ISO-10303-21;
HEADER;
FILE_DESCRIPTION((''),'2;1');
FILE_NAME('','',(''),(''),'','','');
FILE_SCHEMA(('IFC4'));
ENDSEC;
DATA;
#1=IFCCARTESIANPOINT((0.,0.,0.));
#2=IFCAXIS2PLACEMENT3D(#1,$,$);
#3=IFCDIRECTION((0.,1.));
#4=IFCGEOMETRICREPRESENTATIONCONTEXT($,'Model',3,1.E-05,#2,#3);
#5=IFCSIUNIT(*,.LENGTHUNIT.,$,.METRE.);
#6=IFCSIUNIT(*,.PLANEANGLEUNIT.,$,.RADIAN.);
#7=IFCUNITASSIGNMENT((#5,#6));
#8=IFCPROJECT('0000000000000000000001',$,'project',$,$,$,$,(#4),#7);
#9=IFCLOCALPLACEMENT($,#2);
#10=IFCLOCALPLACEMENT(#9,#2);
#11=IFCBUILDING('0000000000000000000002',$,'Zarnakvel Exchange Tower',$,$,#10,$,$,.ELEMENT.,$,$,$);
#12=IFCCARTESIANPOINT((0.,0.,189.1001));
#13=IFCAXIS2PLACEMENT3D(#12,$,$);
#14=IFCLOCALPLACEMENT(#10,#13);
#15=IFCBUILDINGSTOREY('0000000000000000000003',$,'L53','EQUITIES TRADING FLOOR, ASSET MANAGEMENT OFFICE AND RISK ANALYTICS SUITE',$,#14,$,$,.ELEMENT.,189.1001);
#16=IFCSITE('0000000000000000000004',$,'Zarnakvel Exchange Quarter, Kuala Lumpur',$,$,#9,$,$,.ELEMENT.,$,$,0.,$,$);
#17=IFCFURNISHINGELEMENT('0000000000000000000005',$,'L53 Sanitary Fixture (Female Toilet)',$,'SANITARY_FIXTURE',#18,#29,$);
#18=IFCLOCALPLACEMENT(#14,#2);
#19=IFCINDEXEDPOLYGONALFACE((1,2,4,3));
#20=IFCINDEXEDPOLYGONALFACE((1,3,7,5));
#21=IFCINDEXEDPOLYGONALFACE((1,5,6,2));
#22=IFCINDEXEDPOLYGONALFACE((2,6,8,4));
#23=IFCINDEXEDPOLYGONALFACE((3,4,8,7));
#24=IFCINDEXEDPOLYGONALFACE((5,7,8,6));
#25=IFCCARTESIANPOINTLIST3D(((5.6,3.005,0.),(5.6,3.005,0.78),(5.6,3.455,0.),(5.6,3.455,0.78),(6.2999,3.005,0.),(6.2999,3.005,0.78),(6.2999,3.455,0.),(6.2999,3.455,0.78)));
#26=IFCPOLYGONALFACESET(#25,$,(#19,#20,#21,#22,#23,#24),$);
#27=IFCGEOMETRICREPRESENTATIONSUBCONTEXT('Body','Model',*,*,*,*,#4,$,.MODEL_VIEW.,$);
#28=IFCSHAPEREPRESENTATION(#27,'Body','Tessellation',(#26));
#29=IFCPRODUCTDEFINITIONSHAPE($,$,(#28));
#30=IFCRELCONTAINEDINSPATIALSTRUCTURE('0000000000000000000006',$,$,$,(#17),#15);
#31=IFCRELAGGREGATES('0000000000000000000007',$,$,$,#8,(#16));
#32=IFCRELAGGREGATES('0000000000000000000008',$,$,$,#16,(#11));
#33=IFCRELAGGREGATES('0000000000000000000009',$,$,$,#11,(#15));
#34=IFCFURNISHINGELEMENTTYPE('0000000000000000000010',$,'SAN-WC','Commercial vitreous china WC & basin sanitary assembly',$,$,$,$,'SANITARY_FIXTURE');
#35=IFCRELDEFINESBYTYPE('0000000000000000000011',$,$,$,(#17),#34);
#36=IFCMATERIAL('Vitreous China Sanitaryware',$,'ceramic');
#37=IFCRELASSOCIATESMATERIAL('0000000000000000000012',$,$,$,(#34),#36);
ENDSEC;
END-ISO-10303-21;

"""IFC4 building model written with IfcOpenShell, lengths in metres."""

from ifc_helpers import new_model, si_unit, direction, frame, origin, origin_2d, place, context, subcontext, project, spatial, rectangle, extrude, source, transform, mapped, material, type_object, element, save


model = new_model("IFC4")

# Units and contexts
model_context = context("Model", 3, precision=1e-05, world=origin(), true_north=direction((0.0, 1.0)))
body_context = subcontext(model_context, "Body", "Model", "MODEL_VIEW")
ifc_project = project(units=[si_unit("LENGTHUNIT", "METRE"), si_unit("PLANEANGLEUNIT", "RADIAN")], contexts=[model_context])

# Site, building, storey
site_placement = place(None, origin())
site = spatial("IfcSite", under=ifc_project, at=site_placement, Name="Zarnakvel Exchange Quarter, Kuala Lumpur", CompositionType="ELEMENT", RefElevation=0.0)
building_placement = place(site_placement, origin())
building = spatial("IfcBuilding", under=site, at=building_placement, Name="Zarnakvel Exchange Tower", CompositionType="ELEMENT")
storey_placement = place(building_placement, frame((0.0, 0.0, 189.1001)))
storey = spatial("IfcBuildingStorey", under=building, at=storey_placement, Name="L53", Description="EQUITIES TRADING FLOOR, ASSET MANAGEMENT OFFICE AND RISK ANALYTICS SUITE", CompositionType="ELEMENT", Elevation=189.1001)

# Furnishing element
ifc_material_1 = material(Name="Vitreous China Sanitaryware", Category="ceramic")
furnishing_element_type = type_object("IfcFurnishingElementType", Name="SAN-WC", Description="Commercial vitreous china WC & basin sanitary assembly", ElementType="SANITARY_FIXTURE", material=ifc_material_1)
shared_shape_1 = source(origin(), body_context, "Body", "SweptSolid", [
    extrude(rectangle(XDim=0.7, YDim=0.45, at=origin_2d()), origin(), (0.0, 0.0, 1.0), 0.78),
])
furnishing_placement = place(storey_placement, frame((5.95, 3.23, 0.0), z_axis=(0.0, 0.0, 1.0), x_axis=(1.0, 0.0, 0.0)))
element("IfcFurnishingElement", 1, at=furnishing_placement, inside=storey, type_object=furnishing_element_type, Name="L53 Sanitary Fixture (Female Toilet)", ObjectType="SANITARY_FIXTURE", context=body_context, shape_type="MappedRepresentation", body=[
    mapped(shared_shape_1, transform((0.0, 0.0, 0.0), x_axis=(1.0, 0.0, 0.0), y_axis=(0.0, 1.0, 0.0), z_axis=(0.0, 0.0, 1.0), scale=1.0)),
])

save(model, "model.ifc")
